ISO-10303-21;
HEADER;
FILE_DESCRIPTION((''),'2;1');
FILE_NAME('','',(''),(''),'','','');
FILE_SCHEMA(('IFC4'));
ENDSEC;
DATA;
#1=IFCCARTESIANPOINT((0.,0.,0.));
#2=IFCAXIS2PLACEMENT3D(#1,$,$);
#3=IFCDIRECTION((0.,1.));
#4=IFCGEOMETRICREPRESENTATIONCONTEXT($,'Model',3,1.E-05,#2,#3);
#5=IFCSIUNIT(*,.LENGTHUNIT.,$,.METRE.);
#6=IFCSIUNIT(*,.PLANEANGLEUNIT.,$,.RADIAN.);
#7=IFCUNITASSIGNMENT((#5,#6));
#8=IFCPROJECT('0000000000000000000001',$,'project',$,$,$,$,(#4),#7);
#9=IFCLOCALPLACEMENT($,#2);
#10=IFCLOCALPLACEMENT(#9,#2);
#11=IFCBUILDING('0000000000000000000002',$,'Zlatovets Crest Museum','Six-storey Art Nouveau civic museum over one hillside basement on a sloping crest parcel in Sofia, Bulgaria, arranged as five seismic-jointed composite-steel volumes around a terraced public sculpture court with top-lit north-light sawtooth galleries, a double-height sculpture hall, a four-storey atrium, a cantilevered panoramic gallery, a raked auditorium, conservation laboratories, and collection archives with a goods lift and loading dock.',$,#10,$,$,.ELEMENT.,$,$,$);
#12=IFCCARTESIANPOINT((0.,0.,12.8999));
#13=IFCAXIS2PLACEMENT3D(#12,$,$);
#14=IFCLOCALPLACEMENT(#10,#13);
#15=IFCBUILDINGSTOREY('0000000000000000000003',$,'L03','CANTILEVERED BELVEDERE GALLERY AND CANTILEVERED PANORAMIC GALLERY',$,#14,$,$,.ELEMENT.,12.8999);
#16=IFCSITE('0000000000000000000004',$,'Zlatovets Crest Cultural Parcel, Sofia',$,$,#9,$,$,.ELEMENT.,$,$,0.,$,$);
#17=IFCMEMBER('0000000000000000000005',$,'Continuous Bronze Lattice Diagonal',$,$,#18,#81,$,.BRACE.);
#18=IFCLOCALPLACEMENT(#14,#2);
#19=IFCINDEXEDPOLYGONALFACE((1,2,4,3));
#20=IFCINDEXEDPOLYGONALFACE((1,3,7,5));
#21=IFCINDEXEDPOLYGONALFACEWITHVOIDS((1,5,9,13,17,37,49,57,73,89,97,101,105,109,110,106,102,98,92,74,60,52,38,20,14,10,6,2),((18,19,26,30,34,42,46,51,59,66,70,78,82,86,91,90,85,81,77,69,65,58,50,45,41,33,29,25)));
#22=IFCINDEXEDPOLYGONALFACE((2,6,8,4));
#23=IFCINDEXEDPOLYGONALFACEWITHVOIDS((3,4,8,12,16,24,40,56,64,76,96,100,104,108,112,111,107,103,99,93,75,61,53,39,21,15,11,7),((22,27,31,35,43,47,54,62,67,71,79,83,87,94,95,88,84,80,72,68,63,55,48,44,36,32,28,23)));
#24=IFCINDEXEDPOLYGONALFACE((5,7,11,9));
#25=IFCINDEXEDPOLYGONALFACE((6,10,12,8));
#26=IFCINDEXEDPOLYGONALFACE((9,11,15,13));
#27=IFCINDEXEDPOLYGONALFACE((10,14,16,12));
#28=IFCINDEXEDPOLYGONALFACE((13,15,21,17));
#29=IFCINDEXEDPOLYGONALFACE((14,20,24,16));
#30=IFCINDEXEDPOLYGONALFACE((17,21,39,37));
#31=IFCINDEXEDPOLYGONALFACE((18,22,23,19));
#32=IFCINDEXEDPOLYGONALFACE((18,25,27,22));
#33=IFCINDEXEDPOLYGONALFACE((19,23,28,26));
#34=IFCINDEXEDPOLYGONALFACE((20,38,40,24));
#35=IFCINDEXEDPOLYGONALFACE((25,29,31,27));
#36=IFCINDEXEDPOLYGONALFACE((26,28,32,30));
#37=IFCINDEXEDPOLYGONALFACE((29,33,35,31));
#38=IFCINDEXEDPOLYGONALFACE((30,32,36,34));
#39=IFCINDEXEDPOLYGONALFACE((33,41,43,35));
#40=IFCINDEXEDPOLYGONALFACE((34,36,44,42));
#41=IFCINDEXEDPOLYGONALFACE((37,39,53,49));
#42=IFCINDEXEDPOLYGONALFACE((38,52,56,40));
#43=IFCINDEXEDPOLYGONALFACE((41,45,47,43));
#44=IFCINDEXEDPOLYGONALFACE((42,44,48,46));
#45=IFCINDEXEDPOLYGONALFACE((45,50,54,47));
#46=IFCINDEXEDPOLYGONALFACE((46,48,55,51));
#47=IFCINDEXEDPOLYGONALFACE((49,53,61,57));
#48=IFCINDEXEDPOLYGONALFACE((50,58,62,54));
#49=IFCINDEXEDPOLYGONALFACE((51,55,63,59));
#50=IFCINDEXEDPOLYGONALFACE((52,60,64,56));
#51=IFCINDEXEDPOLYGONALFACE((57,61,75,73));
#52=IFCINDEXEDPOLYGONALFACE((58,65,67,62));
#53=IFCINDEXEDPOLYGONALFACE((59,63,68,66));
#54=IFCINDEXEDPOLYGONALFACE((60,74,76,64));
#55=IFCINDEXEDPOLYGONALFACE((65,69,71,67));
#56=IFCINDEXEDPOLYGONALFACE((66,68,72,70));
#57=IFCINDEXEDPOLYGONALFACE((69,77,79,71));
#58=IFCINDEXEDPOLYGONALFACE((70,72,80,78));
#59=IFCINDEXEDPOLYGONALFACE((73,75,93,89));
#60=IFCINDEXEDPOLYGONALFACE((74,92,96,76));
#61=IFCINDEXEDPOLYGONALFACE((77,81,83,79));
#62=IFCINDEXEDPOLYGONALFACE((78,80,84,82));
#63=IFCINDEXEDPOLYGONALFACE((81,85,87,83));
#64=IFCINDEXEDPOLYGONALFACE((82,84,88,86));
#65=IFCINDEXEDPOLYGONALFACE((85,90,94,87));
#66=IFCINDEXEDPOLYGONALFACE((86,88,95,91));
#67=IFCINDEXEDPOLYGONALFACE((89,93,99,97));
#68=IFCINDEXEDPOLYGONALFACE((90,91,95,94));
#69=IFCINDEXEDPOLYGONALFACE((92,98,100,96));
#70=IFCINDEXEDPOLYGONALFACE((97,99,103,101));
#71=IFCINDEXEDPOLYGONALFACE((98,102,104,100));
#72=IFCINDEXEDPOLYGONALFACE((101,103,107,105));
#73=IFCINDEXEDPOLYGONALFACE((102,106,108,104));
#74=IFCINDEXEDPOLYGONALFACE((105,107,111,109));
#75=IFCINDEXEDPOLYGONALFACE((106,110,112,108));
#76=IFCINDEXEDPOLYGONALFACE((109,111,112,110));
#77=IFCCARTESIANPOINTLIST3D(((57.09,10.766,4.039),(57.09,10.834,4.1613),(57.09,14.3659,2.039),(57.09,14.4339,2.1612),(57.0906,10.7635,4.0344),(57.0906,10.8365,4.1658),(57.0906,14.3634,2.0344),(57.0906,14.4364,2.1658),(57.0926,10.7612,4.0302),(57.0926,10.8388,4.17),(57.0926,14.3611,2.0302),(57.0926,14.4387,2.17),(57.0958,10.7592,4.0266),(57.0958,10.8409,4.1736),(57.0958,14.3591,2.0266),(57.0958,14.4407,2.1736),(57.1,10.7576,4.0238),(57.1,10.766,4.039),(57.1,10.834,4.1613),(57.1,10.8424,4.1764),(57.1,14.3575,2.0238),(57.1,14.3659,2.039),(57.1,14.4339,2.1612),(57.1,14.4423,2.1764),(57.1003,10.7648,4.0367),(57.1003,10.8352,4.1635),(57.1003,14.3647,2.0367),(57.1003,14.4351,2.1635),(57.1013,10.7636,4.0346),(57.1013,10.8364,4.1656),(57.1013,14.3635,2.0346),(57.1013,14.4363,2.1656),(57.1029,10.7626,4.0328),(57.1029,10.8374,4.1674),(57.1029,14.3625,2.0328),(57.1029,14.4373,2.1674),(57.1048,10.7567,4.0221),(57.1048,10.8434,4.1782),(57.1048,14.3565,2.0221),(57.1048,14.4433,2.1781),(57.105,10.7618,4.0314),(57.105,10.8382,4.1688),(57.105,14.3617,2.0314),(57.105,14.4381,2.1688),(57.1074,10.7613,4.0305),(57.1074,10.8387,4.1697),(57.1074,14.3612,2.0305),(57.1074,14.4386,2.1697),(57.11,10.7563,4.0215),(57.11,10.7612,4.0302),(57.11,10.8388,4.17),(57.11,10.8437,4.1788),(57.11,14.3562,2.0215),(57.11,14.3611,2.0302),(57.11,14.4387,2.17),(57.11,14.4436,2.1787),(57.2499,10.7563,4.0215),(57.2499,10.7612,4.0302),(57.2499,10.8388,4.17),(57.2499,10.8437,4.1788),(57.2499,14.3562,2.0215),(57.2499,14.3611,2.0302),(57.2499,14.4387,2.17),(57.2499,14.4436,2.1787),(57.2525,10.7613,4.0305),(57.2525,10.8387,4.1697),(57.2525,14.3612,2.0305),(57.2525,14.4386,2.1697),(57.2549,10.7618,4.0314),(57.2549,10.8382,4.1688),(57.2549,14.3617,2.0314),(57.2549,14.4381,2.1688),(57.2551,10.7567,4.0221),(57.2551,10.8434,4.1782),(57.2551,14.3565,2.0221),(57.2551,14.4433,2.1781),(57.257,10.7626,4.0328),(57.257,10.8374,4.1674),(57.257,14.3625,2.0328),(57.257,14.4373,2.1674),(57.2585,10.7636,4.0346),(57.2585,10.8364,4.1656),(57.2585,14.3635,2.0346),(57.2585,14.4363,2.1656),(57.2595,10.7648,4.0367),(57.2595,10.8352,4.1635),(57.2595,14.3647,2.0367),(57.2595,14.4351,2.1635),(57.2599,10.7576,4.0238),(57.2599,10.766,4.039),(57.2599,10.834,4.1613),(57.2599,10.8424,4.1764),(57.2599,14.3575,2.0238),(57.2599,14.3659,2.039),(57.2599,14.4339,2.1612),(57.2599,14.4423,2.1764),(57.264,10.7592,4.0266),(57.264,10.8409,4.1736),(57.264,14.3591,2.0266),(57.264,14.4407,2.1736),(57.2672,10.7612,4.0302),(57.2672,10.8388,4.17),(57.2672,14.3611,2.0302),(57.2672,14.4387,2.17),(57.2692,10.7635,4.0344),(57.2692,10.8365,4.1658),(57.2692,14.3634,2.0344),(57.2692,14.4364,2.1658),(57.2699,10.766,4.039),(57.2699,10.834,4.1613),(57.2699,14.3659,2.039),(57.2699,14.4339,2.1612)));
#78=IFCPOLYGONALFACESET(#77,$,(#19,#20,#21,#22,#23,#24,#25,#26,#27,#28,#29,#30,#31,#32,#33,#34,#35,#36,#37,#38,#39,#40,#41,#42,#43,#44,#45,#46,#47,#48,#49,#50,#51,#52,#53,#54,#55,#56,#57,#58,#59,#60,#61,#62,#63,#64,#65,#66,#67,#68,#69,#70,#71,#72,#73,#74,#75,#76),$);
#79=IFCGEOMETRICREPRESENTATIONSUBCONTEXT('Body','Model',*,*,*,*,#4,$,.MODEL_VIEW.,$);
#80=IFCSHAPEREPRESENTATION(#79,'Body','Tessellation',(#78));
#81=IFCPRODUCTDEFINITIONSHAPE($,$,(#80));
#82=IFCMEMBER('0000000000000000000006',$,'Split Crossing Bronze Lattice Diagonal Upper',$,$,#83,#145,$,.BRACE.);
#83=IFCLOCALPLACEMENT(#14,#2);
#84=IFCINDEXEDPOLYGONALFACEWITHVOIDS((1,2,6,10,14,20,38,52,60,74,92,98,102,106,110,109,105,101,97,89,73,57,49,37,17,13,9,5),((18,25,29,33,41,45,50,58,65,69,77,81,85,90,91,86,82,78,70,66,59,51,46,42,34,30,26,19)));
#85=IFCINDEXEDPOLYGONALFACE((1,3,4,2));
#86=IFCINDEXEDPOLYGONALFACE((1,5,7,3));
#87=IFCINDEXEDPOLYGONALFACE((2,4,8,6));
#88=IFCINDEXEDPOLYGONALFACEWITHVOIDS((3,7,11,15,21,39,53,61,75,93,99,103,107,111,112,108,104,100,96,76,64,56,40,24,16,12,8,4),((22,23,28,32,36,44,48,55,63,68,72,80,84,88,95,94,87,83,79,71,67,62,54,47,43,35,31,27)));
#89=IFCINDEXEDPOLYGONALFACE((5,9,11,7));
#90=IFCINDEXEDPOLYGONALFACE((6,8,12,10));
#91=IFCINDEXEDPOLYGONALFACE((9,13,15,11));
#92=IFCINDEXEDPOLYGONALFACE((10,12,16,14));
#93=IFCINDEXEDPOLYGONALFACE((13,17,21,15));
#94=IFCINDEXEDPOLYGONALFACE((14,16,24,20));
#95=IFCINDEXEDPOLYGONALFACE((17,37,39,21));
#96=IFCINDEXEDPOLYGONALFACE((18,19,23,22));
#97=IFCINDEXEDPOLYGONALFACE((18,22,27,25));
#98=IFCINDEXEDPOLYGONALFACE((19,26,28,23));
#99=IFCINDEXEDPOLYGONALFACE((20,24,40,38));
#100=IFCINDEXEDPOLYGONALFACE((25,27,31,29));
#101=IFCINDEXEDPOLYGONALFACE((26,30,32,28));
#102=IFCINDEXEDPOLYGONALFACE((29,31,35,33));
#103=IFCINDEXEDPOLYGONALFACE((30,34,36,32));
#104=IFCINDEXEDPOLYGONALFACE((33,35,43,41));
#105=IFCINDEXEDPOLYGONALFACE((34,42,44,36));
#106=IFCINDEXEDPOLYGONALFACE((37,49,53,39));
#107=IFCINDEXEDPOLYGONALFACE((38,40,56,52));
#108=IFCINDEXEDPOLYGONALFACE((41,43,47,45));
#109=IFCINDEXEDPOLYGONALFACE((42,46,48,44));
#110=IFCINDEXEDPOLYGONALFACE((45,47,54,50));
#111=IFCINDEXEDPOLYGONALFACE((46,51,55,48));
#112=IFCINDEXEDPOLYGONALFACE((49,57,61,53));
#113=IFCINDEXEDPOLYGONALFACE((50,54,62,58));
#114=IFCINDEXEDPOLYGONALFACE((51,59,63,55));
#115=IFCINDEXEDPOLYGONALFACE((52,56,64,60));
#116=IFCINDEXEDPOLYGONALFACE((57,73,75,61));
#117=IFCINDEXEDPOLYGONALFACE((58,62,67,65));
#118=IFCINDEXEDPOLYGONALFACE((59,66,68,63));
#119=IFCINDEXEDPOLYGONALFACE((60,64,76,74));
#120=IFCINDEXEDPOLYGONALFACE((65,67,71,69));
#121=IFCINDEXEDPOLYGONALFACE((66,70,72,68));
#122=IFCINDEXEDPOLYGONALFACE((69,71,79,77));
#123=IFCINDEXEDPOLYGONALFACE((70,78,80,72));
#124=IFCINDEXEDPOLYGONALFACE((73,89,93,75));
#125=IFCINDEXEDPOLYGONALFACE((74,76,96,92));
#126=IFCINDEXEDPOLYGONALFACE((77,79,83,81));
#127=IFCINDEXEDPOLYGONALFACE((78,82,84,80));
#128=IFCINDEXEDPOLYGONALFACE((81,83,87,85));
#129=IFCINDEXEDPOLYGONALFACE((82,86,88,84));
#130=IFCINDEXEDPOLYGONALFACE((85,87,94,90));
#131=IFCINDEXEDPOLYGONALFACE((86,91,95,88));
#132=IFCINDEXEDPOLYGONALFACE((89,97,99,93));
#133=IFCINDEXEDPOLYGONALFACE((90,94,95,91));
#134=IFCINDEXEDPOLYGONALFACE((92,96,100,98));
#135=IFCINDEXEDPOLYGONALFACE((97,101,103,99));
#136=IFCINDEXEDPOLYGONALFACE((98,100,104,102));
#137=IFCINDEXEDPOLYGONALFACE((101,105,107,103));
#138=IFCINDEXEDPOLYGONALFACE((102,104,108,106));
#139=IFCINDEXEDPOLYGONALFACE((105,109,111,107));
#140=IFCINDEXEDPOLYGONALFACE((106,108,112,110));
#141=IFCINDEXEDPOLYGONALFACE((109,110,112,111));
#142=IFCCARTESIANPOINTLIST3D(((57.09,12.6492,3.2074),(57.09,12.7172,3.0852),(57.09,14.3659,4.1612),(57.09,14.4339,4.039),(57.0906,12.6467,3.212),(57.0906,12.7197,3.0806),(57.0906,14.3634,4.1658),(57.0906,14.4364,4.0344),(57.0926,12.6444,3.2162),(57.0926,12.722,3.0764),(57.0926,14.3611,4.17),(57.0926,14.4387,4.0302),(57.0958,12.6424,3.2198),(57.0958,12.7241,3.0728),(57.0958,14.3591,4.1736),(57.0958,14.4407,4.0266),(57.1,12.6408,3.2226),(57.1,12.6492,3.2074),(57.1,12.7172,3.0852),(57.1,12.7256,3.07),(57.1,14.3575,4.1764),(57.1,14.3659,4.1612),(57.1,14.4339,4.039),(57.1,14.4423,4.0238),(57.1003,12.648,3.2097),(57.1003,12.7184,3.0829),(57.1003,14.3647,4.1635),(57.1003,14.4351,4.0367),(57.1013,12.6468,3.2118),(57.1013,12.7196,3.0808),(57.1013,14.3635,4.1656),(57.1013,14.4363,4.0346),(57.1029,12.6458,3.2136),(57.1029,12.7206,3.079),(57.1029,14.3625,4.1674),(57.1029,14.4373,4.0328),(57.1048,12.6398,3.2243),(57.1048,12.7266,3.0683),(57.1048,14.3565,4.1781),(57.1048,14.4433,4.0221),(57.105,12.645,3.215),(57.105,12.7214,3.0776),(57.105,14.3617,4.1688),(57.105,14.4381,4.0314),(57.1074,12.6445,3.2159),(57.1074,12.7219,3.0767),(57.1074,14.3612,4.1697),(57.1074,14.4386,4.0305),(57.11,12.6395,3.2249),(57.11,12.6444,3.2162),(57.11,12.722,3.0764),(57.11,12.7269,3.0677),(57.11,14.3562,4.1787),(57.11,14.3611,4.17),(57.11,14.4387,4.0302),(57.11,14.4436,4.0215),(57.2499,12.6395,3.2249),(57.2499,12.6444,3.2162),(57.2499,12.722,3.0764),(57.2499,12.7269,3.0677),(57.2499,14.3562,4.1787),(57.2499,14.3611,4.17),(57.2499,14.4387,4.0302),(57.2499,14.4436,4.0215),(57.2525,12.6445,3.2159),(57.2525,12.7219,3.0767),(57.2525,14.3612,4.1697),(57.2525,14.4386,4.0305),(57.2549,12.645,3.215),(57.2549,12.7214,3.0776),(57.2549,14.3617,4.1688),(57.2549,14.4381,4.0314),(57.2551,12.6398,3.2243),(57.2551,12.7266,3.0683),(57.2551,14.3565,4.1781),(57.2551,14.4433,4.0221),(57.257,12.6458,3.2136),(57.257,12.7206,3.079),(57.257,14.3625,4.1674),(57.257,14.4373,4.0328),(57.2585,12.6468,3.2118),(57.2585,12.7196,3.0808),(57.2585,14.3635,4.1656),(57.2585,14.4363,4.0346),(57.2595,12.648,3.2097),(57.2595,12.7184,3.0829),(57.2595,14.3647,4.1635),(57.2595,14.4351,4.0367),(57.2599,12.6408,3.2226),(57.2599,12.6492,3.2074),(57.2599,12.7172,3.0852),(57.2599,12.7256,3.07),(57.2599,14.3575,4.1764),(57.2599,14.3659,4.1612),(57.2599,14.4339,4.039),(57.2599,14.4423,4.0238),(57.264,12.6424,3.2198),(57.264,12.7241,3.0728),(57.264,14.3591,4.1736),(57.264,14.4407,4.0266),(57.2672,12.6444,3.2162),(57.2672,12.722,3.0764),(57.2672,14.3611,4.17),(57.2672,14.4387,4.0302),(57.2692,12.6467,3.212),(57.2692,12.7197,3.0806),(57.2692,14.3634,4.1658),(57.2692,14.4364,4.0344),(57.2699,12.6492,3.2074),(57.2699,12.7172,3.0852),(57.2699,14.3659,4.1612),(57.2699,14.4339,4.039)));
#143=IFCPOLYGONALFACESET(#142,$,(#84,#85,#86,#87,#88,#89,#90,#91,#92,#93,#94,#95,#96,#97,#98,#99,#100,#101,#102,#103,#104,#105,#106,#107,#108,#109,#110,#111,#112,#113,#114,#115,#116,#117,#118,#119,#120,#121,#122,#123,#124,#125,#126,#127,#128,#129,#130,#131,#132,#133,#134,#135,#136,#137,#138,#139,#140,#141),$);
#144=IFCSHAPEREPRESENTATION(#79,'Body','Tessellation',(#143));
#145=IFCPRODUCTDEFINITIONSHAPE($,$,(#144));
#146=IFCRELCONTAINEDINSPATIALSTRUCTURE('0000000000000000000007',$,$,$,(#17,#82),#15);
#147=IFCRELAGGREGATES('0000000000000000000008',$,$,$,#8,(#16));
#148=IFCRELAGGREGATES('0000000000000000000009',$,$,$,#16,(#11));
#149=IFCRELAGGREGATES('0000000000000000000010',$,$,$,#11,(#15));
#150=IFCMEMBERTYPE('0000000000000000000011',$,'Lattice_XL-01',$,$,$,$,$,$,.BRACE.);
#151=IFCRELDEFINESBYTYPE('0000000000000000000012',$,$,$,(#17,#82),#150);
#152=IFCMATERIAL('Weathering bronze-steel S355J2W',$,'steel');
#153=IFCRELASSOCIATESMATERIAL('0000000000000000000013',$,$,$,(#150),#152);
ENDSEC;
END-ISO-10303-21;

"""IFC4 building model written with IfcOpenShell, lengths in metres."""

from ifc_helpers import new_model, si_unit, direction, frame, origin, origin_2d, place, context, subcontext, project, spatial, hollow_rectangle, extrude, material, material_profile, profile_set, type_object, element, save


model = new_model("IFC4")

# Units and contexts
model_context = context("Model", 3, precision=1e-05, world=origin(), true_north=direction((0.0, 1.0)))
body_context = subcontext(model_context, "Body", "Model", "MODEL_VIEW")
ifc_project = project(units=[si_unit("LENGTHUNIT", "METRE"), si_unit("PLANEANGLEUNIT", "RADIAN")], contexts=[model_context])

# Site, building, storey
site_placement = place(None, origin())
site = spatial("IfcSite", under=ifc_project, at=site_placement, Name="Zlatovets Crest Cultural Parcel, Sofia", CompositionType="ELEMENT", RefElevation=0.0)
building_placement = place(site_placement, origin())
building = spatial("IfcBuilding", under=site, at=building_placement, Name="Zlatovets Crest Museum", Description="Six-storey Art Nouveau civic museum over one hillside basement on a sloping crest parcel in Sofia, Bulgaria, arranged as five seismic-jointed composite-steel volumes around a terraced public sculpture court with top-lit north-light sawtooth galleries, a double-height sculpture hall, a four-storey atrium, a cantilevered panoramic gallery, a raked auditorium, conservation laboratories, and collection archives with a goods lift and loading dock.", CompositionType="ELEMENT")
storey_placement = place(building_placement, frame((0.0, 0.0, 12.8999)))
storey = spatial("IfcBuildingStorey", under=building, at=storey_placement, Name="L03", Description="CANTILEVERED BELVEDERE GALLERY AND CANTILEVERED PANORAMIC GALLERY", CompositionType="ELEMENT", Elevation=12.8999)

# Members
ifc_material_1 = material(Name="Weathering bronze-steel S355J2W", Category="steel")
ifc_material_profile_1 = material_profile(ifc_material_1, hollow_rectangle(XDim=0.1799, YDim=0.1799, WallThickness=0.01, InnerFilletRadius=0.01, OuterFilletRadius=0.02, at=origin_2d()), Name="SHS 180x180x10.0")
ifc_profile_set_1 = profile_set([ifc_material_profile_1], Name="Weathering bronze-steel S355J2W")
member_type_1 = type_object("IfcMemberType", Name="Lattice_XL-01", PredefinedType="BRACE", material=ifc_profile_set_1)
member_1_placement = place(storey_placement, frame((57.1799, 14.3999, 2.1001), z_axis=(0.0, -0.874149, 0.485658), x_axis=(1.0, 0.0, 0.0)))
element("IfcMember", 1, at=member_1_placement, inside=storey, type_object=member_type_1, Name="Continuous Bronze Lattice Diagonal", PredefinedType="BRACE", context=body_context, shape_type="SweptSolid", body=[
    extrude(hollow_rectangle(XDim=0.1799, YDim=0.1799, WallThickness=0.01, InnerFilletRadius=0.01, OuterFilletRadius=0.02, at=origin_2d()), origin(), (0.0, 0.0, 1.0), 4.1182),
])
member_2_placement = place(storey_placement, frame((57.1799, 14.3999, 4.1001), z_axis=(0.0, -0.87414, -0.485675), x_axis=(1.0, 0.0, 0.0)))
element("IfcMember", 2, at=member_2_placement, inside=storey, type_object=member_type_1, Name="Split Crossing Bronze Lattice Diagonal Upper", PredefinedType="BRACE", context=body_context, shape_type="SweptSolid", body=[
    extrude(hollow_rectangle(XDim=0.1799, YDim=0.1799, WallThickness=0.01, InnerFilletRadius=0.01, OuterFilletRadius=0.02, at=origin_2d()), origin(), (0.0, 0.0, 1.0), 1.9639),
])

save(model, "model.ifc")
